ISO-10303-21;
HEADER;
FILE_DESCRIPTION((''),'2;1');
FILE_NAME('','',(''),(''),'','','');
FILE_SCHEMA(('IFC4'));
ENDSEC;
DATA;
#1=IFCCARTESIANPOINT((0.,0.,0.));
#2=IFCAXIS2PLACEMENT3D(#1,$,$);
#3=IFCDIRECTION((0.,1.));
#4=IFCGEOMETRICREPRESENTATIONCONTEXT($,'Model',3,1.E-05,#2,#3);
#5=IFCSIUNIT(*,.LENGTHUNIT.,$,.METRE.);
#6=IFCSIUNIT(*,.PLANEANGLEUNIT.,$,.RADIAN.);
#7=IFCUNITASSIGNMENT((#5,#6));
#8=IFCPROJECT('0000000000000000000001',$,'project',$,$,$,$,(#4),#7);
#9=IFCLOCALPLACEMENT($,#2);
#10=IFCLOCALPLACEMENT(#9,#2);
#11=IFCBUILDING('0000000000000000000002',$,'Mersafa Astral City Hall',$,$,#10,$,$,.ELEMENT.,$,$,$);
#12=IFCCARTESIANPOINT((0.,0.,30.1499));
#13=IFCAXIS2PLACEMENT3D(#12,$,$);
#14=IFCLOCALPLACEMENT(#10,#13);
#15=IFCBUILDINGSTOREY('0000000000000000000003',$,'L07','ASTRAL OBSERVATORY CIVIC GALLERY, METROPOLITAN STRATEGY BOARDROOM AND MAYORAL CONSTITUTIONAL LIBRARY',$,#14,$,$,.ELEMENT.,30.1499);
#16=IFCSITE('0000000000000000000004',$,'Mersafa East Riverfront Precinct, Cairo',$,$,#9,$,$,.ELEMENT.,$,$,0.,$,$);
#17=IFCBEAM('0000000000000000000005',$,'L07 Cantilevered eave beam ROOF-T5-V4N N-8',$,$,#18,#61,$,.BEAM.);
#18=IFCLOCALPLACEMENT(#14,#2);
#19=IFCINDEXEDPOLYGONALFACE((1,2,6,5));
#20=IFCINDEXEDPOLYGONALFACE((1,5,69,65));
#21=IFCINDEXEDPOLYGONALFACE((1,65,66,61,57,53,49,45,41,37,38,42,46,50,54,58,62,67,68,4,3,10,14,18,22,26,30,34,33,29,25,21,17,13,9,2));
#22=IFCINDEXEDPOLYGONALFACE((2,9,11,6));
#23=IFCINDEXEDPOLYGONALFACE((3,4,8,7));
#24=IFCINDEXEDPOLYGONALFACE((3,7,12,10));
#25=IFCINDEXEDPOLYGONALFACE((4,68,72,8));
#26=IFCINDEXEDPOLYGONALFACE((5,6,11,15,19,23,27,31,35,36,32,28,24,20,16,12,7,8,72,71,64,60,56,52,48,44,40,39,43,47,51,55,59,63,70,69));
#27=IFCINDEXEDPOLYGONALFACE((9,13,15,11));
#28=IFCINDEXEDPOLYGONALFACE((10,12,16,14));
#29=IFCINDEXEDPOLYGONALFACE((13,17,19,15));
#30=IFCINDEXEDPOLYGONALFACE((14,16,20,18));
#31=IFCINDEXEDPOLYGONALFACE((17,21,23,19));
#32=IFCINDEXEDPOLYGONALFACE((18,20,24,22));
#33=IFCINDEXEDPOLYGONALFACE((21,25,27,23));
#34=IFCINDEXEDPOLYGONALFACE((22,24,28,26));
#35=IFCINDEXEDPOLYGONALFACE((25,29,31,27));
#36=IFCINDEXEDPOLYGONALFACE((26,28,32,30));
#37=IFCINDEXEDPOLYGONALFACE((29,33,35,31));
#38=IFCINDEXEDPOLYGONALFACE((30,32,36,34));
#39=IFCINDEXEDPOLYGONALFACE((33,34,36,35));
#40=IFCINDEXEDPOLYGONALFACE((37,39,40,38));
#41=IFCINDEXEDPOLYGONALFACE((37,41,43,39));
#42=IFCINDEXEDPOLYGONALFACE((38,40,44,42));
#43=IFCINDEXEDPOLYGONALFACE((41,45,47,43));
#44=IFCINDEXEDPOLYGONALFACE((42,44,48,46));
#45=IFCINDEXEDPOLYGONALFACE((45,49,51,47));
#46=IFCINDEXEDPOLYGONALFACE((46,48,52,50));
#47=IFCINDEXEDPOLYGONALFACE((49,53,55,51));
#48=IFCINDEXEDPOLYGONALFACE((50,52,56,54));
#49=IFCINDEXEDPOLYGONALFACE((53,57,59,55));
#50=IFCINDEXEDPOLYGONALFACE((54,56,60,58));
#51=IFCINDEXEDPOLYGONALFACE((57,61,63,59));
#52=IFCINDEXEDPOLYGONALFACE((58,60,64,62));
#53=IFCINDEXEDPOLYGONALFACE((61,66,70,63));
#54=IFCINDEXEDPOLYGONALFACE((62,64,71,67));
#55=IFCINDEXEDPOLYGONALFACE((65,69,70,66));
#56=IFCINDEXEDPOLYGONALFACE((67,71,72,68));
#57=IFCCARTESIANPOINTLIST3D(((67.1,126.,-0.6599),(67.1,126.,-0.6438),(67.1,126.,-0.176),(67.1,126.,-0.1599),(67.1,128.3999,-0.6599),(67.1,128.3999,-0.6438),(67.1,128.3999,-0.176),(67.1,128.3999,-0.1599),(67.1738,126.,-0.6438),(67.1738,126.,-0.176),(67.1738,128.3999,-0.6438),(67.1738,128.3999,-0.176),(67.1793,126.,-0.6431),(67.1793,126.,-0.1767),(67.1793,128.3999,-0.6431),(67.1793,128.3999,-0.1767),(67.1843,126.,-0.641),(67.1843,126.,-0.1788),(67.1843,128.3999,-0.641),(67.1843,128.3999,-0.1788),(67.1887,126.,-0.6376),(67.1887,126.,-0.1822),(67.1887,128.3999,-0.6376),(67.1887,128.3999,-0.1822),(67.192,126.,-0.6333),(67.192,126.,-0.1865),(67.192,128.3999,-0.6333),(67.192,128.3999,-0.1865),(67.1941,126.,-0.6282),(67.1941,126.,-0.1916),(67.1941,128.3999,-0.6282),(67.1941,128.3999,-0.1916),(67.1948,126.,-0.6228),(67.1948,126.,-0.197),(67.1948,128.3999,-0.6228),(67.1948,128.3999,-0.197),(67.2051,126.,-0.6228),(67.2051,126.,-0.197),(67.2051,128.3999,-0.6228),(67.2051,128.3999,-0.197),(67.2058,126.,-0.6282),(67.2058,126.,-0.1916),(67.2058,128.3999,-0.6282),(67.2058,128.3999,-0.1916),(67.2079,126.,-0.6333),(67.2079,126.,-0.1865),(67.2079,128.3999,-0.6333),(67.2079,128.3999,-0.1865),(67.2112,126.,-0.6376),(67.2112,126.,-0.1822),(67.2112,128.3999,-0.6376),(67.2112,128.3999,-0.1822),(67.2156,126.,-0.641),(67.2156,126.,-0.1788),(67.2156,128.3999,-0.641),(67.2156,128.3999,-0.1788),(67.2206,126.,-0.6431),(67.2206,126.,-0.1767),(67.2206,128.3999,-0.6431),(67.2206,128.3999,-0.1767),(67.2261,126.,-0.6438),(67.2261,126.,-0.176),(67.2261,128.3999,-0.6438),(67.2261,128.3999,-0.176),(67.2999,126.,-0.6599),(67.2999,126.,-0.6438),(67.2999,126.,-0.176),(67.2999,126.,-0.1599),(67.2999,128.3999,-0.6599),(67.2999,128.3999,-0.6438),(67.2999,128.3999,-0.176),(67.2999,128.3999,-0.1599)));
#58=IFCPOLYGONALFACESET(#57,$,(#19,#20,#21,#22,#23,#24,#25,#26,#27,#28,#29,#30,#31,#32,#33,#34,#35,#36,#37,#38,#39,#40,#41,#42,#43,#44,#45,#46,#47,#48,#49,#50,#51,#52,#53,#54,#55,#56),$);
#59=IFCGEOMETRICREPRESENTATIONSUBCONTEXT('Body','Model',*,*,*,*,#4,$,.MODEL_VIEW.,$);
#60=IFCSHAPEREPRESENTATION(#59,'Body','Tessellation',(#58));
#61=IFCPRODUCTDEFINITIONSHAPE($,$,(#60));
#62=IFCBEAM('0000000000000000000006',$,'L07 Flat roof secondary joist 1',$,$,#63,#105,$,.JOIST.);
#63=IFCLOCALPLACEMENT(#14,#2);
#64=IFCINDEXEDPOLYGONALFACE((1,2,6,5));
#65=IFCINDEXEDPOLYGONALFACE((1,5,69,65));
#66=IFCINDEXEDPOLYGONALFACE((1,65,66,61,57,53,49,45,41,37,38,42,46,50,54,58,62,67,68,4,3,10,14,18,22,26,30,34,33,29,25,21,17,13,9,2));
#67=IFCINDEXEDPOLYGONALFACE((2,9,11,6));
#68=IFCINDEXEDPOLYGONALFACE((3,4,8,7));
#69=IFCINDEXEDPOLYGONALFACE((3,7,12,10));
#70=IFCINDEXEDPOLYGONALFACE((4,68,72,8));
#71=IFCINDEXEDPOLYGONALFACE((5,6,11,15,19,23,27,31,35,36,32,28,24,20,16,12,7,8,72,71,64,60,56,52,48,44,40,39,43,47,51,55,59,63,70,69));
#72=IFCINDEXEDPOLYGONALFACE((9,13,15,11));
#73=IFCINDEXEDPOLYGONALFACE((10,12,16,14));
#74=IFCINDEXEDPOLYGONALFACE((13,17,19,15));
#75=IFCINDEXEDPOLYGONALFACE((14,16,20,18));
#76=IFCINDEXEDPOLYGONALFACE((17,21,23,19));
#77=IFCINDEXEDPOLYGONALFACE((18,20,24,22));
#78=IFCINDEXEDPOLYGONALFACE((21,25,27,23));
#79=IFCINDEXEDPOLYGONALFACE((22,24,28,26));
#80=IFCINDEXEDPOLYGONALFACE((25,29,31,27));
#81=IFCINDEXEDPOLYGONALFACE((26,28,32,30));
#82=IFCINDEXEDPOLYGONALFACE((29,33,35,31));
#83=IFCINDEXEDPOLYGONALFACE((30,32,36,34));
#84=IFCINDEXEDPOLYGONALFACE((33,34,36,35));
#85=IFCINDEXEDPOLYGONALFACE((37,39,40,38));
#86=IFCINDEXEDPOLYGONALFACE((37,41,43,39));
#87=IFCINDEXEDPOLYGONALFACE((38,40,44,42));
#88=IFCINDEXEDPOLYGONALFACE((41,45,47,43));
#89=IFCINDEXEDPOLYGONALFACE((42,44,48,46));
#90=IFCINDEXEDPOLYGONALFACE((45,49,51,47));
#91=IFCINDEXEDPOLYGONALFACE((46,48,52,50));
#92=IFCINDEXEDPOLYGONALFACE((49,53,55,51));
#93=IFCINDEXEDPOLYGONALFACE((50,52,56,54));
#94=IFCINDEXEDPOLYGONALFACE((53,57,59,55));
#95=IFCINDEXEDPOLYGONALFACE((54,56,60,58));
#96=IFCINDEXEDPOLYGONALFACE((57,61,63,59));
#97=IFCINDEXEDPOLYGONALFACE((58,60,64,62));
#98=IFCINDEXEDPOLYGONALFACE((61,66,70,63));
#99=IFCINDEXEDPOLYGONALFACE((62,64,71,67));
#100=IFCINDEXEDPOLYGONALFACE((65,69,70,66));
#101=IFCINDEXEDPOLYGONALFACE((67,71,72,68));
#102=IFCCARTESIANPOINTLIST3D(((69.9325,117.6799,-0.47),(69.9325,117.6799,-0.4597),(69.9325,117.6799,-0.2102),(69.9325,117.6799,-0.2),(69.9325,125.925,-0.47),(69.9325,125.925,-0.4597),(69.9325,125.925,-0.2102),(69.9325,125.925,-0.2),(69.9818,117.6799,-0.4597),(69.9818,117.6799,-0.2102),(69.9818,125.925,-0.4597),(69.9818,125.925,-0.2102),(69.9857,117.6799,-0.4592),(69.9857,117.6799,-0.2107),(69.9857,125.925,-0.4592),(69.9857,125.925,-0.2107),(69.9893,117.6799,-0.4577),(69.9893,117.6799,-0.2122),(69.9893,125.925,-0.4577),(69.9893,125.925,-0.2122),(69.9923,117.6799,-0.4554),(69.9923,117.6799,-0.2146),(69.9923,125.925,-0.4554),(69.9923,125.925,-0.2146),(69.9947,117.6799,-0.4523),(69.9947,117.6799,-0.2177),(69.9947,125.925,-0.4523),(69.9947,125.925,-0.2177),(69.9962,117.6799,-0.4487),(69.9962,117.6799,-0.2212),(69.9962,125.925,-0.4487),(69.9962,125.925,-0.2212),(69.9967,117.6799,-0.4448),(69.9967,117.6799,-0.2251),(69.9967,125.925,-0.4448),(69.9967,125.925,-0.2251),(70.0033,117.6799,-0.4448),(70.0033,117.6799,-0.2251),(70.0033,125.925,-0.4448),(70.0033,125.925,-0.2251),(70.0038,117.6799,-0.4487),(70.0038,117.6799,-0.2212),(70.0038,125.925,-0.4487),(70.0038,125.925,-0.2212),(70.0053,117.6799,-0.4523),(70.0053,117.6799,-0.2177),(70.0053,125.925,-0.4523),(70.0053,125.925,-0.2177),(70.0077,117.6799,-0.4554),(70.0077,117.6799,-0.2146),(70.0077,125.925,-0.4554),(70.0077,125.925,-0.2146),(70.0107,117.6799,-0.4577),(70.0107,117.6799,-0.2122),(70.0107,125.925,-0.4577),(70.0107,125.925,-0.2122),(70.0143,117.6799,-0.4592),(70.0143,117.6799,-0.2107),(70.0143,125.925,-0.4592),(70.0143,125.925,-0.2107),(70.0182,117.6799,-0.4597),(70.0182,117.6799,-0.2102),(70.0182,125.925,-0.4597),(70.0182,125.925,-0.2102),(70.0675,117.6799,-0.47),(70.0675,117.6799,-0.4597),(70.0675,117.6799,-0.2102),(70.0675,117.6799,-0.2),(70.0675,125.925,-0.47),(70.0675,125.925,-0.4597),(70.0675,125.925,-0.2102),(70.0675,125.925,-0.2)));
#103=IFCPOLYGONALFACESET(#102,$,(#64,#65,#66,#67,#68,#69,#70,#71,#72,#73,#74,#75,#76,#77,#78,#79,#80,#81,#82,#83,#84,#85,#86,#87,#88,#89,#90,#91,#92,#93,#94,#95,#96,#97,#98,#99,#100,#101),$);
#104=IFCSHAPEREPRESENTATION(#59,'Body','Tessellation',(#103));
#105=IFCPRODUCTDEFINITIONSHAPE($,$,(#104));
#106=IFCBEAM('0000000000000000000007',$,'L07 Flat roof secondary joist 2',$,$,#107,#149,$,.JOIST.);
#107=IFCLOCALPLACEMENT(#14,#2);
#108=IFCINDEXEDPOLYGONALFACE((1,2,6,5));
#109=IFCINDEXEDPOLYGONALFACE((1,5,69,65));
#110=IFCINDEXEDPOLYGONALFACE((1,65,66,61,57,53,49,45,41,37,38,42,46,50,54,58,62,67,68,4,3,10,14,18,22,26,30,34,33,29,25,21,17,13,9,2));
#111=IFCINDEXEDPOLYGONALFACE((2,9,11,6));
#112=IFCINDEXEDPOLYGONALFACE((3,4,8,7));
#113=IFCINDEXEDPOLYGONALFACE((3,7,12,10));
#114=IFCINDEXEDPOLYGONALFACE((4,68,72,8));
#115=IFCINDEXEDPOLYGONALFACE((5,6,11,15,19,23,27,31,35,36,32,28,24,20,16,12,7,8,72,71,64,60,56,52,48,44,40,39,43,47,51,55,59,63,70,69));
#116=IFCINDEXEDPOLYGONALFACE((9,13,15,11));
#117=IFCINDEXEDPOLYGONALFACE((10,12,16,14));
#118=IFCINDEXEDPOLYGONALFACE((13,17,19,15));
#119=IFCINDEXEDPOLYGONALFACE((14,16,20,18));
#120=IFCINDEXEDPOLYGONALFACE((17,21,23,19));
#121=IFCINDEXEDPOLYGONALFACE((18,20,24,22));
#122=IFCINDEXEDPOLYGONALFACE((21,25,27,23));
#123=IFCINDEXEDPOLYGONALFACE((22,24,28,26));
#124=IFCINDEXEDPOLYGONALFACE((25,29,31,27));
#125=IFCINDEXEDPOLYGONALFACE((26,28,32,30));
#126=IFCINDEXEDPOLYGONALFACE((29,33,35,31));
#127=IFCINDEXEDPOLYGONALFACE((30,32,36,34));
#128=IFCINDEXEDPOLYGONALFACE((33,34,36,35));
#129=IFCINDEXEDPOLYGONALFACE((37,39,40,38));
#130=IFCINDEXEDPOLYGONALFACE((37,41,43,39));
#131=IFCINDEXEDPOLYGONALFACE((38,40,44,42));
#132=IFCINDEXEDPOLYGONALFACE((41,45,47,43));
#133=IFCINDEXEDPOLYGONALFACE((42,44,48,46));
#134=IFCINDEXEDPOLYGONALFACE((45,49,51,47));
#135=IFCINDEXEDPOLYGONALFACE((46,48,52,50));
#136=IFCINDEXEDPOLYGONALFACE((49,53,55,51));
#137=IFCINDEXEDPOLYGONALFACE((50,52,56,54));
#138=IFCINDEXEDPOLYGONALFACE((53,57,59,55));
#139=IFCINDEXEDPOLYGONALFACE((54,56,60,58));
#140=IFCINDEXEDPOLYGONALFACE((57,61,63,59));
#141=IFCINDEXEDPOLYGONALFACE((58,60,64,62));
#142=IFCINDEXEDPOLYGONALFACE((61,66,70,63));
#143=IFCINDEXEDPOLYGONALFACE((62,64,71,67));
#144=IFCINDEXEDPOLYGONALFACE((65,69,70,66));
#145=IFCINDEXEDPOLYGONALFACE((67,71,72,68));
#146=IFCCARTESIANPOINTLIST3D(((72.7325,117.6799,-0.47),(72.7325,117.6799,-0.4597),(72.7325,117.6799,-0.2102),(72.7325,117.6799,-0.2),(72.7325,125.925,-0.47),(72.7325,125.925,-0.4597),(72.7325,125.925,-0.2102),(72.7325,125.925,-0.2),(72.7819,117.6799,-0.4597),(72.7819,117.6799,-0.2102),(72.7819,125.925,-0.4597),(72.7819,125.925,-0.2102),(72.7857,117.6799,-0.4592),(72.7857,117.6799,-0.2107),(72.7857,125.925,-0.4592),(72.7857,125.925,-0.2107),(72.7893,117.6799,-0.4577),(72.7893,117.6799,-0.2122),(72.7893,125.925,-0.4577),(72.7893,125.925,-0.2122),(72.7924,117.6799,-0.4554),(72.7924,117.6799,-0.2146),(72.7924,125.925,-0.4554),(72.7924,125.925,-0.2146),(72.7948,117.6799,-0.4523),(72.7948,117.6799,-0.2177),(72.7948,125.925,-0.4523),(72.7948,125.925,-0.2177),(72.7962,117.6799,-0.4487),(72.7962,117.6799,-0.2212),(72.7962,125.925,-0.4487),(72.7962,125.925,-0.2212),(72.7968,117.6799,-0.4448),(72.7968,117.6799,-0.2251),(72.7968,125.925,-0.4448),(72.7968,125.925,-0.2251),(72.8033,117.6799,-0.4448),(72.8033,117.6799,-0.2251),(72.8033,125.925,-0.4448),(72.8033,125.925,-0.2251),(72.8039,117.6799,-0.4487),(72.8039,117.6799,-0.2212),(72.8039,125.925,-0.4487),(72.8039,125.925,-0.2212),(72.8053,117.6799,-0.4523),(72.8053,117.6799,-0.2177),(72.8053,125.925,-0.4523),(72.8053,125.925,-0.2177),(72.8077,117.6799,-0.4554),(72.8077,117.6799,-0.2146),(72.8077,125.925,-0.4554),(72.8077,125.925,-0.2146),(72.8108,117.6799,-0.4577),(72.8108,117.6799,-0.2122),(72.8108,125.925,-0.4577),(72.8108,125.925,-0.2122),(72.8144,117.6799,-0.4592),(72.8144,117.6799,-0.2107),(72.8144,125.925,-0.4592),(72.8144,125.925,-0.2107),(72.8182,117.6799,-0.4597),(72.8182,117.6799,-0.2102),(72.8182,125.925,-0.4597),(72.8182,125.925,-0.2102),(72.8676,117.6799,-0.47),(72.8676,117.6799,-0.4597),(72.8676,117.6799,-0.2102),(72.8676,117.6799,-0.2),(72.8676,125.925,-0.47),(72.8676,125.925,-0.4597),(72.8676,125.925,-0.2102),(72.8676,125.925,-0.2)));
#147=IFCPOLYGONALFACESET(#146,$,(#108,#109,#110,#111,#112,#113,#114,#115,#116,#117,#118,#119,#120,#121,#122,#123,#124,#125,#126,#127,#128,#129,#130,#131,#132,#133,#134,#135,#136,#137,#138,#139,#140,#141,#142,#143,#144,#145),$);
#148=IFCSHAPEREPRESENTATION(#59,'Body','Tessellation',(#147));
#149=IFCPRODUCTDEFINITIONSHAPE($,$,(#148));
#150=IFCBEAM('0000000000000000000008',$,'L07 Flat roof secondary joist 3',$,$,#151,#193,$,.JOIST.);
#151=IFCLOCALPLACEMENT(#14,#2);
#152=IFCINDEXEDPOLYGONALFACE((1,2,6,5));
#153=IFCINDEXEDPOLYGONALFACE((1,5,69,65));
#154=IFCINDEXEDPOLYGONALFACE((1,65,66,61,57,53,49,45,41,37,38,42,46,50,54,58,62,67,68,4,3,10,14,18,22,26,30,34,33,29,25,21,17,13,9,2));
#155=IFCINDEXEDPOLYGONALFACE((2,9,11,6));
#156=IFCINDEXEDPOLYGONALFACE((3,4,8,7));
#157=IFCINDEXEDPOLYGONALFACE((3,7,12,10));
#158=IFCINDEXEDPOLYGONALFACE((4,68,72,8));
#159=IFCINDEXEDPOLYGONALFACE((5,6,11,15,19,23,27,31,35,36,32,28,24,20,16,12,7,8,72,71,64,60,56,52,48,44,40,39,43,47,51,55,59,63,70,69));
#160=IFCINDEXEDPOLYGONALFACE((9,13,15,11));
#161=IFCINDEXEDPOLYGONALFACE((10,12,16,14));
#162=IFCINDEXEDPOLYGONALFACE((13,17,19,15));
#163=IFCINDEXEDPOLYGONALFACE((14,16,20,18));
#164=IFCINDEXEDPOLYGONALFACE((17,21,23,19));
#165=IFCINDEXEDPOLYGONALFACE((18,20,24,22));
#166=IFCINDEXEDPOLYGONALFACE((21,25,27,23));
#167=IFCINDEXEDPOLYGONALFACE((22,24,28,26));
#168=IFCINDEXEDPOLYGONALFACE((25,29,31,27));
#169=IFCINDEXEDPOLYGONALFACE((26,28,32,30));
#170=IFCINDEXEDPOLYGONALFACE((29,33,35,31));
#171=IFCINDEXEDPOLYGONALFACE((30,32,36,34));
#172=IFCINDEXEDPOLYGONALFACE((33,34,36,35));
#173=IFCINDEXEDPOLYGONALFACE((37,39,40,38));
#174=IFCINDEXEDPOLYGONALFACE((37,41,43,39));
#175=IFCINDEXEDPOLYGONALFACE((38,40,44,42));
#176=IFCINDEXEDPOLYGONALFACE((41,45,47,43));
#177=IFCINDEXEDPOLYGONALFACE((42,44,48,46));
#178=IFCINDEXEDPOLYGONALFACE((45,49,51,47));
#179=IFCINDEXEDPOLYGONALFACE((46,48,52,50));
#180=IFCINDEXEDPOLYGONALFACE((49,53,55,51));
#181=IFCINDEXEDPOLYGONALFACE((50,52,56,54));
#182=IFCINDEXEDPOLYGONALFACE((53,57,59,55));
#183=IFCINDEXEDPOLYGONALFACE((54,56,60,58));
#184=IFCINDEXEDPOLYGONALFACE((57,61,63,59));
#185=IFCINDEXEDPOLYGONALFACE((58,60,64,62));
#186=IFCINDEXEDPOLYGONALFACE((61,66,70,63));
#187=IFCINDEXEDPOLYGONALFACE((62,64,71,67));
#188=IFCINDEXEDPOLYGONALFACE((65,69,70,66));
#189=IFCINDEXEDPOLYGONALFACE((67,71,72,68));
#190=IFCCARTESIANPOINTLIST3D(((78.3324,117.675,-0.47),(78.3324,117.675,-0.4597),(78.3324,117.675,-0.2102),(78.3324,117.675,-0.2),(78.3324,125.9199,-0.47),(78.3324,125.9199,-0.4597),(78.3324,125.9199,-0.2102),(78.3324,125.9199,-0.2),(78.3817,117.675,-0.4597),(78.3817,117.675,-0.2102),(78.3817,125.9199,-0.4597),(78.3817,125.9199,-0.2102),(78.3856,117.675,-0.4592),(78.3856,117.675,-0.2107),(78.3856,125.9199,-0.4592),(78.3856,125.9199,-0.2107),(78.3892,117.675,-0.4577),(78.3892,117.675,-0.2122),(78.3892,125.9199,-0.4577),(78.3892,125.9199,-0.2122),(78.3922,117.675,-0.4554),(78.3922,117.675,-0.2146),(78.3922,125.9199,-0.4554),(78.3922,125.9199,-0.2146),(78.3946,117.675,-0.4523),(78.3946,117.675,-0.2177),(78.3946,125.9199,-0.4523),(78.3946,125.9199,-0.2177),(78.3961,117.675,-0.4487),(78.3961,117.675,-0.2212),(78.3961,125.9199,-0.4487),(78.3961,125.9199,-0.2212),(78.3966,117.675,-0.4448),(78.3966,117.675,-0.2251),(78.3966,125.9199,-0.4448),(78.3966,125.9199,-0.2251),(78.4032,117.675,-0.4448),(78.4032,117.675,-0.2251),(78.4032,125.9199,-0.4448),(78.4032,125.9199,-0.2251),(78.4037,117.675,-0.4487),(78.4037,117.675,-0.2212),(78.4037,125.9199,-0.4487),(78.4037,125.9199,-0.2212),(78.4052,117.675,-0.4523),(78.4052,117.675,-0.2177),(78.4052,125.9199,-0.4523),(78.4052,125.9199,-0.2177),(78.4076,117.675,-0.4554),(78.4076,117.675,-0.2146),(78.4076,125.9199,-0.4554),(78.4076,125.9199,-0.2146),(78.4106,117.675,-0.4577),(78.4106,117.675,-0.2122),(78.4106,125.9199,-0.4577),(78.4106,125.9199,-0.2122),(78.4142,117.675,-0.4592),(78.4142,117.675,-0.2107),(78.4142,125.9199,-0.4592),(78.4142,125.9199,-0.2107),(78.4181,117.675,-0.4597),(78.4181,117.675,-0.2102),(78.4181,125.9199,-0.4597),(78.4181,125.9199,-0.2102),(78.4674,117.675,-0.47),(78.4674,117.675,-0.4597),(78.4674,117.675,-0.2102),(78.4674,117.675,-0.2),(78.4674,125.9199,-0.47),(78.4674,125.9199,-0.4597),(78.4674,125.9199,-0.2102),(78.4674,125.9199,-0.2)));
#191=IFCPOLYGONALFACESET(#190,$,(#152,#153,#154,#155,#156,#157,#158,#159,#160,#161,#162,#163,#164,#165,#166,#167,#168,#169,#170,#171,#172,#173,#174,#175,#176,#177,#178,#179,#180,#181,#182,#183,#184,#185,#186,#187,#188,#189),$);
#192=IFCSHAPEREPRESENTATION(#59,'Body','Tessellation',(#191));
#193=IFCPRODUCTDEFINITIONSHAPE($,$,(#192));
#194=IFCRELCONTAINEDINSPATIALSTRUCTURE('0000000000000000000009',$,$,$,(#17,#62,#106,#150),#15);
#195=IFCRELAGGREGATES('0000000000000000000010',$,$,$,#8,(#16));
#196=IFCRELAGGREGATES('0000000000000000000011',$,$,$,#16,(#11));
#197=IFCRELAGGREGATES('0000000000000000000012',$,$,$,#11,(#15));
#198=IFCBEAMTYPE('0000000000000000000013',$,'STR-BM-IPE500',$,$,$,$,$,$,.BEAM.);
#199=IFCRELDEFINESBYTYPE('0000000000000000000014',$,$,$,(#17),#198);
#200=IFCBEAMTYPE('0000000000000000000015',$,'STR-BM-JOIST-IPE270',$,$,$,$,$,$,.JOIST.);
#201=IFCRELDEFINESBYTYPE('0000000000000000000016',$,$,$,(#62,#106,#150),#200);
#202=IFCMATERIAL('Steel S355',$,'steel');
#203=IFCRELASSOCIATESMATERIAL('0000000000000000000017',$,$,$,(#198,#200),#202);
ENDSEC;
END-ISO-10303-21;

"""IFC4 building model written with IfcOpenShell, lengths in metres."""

from ifc_helpers import new_model, si_unit, direction, frame, origin, origin_2d, place, context, subcontext, project, spatial, i_section, extrude, material, material_profile, profile_set, type_object, element, save


model = new_model("IFC4")

# Units and contexts
model_context = context("Model", 3, precision=1e-05, world=origin(), true_north=direction((0.0, 1.0)))
body_context = subcontext(model_context, "Body", "Model", "MODEL_VIEW")
ifc_project = project(units=[si_unit("LENGTHUNIT", "METRE"), si_unit("PLANEANGLEUNIT", "RADIAN")], contexts=[model_context])

# Site, building, storey
site_placement = place(None, origin())
site = spatial("IfcSite", under=ifc_project, at=site_placement, Name="Mersafa East Riverfront Precinct, Cairo", CompositionType="ELEMENT", RefElevation=0.0)
building_placement = place(site_placement, origin())
building = spatial("IfcBuilding", under=site, at=building_placement, Name="Mersafa Astral City Hall", CompositionType="ELEMENT")
storey_placement = place(building_placement, frame((0.0, 0.0, 30.1499)))
storey = spatial("IfcBuildingStorey", under=building, at=storey_placement, Name="L07", Description="ASTRAL OBSERVATORY CIVIC GALLERY, METROPOLITAN STRATEGY BOARDROOM AND MAYORAL CONSTITUTIONAL LIBRARY", CompositionType="ELEMENT", Elevation=30.1499)

# Beams
ifc_material_1 = material(Name="Steel S355", Category="steel")
ifc_material_profile_1 = material_profile(ifc_material_1, i_section(OverallWidth=0.2, OverallDepth=0.5, WebThickness=0.0103, FlangeThickness=0.0161, FilletRadius=0.021, at=origin_2d()), Name="IPE 500")
ifc_profile_set_1 = profile_set([ifc_material_profile_1], Name="Steel S355")
beam_type_1 = type_object("IfcBeamType", Name="STR-BM-IPE500", PredefinedType="BEAM", material=ifc_profile_set_1)
beam_1_placement = place(storey_placement, frame((67.2, 126.0, -0.4099), z_axis=(0.0, 1.0, 0.0), x_axis=(-1.0, 0.0, 0.0)))
element("IfcBeam", 1, at=beam_1_placement, inside=storey, type_object=beam_type_1, Name="L07 Cantilevered eave beam ROOF-T5-V4N N-8", PredefinedType="BEAM", context=body_context, shape_type="SweptSolid", body=[
    extrude(i_section(OverallWidth=0.2, OverallDepth=0.5, WebThickness=0.0103, FlangeThickness=0.0161, FilletRadius=0.021, at=origin_2d()), origin(), (0.0, 0.0, 1.0), 2.3999),
])
ifc_material_profile_2 = material_profile(ifc_material_1, i_section(OverallWidth=0.135, OverallDepth=0.27, WebThickness=0.0066, FlangeThickness=0.0103, FilletRadius=0.0149, at=origin_2d()), Name="IPE 270")
ifc_profile_set_2 = profile_set([ifc_material_profile_2], Name="Steel S355")
beam_type_2 = type_object("IfcBeamType", Name="STR-BM-JOIST-IPE270", PredefinedType="JOIST", material=ifc_profile_set_2)
for number, where, z_axis, x_axis, name in (
    (2, (70.0, 117.6799, -0.335), (0.0, 1.0, 0.0), (-1.0, 0.0, 0.0), "L07 Flat roof secondary joist 1"),
    (3, (72.8, 117.6799, -0.335), (0.0, 1.0, 0.0), (-1.0, 0.0, 0.0), "L07 Flat roof secondary joist 2"),
):
    element("IfcBeam", number, at=place(storey_placement, frame(where, z_axis=z_axis, x_axis=x_axis)), inside=storey, type_object=beam_type_2, Name=name, PredefinedType="JOIST", context=body_context, shape_type="SweptSolid", body=[
        extrude(i_section(OverallWidth=0.135, OverallDepth=0.27, WebThickness=0.0066, FlangeThickness=0.0103, FilletRadius=0.0149, at=origin_2d()), origin(), (0.0, 0.0, 1.0), 8.2451),
    ])
for number, where, z_axis, x_axis, name in (
    (4, (78.3999, 117.675, -0.335), (0.0, 1.0, 0.0), (-1.0, 0.0, 0.0), "L07 Flat roof secondary joist 3"),
):
    element("IfcBeam", number, at=place(storey_placement, frame(where, z_axis=z_axis, x_axis=x_axis)), inside=storey, type_object=beam_type_2, Name=name, PredefinedType="JOIST", context=body_context, shape_type="SweptSolid", body=[
        extrude(i_section(OverallWidth=0.135, OverallDepth=0.27, WebThickness=0.0066, FlangeThickness=0.0103, FilletRadius=0.0149, at=origin_2d()), origin(), (0.0, 0.0, 1.0), 8.2449),
    ])

save(model, "model.ifc")
